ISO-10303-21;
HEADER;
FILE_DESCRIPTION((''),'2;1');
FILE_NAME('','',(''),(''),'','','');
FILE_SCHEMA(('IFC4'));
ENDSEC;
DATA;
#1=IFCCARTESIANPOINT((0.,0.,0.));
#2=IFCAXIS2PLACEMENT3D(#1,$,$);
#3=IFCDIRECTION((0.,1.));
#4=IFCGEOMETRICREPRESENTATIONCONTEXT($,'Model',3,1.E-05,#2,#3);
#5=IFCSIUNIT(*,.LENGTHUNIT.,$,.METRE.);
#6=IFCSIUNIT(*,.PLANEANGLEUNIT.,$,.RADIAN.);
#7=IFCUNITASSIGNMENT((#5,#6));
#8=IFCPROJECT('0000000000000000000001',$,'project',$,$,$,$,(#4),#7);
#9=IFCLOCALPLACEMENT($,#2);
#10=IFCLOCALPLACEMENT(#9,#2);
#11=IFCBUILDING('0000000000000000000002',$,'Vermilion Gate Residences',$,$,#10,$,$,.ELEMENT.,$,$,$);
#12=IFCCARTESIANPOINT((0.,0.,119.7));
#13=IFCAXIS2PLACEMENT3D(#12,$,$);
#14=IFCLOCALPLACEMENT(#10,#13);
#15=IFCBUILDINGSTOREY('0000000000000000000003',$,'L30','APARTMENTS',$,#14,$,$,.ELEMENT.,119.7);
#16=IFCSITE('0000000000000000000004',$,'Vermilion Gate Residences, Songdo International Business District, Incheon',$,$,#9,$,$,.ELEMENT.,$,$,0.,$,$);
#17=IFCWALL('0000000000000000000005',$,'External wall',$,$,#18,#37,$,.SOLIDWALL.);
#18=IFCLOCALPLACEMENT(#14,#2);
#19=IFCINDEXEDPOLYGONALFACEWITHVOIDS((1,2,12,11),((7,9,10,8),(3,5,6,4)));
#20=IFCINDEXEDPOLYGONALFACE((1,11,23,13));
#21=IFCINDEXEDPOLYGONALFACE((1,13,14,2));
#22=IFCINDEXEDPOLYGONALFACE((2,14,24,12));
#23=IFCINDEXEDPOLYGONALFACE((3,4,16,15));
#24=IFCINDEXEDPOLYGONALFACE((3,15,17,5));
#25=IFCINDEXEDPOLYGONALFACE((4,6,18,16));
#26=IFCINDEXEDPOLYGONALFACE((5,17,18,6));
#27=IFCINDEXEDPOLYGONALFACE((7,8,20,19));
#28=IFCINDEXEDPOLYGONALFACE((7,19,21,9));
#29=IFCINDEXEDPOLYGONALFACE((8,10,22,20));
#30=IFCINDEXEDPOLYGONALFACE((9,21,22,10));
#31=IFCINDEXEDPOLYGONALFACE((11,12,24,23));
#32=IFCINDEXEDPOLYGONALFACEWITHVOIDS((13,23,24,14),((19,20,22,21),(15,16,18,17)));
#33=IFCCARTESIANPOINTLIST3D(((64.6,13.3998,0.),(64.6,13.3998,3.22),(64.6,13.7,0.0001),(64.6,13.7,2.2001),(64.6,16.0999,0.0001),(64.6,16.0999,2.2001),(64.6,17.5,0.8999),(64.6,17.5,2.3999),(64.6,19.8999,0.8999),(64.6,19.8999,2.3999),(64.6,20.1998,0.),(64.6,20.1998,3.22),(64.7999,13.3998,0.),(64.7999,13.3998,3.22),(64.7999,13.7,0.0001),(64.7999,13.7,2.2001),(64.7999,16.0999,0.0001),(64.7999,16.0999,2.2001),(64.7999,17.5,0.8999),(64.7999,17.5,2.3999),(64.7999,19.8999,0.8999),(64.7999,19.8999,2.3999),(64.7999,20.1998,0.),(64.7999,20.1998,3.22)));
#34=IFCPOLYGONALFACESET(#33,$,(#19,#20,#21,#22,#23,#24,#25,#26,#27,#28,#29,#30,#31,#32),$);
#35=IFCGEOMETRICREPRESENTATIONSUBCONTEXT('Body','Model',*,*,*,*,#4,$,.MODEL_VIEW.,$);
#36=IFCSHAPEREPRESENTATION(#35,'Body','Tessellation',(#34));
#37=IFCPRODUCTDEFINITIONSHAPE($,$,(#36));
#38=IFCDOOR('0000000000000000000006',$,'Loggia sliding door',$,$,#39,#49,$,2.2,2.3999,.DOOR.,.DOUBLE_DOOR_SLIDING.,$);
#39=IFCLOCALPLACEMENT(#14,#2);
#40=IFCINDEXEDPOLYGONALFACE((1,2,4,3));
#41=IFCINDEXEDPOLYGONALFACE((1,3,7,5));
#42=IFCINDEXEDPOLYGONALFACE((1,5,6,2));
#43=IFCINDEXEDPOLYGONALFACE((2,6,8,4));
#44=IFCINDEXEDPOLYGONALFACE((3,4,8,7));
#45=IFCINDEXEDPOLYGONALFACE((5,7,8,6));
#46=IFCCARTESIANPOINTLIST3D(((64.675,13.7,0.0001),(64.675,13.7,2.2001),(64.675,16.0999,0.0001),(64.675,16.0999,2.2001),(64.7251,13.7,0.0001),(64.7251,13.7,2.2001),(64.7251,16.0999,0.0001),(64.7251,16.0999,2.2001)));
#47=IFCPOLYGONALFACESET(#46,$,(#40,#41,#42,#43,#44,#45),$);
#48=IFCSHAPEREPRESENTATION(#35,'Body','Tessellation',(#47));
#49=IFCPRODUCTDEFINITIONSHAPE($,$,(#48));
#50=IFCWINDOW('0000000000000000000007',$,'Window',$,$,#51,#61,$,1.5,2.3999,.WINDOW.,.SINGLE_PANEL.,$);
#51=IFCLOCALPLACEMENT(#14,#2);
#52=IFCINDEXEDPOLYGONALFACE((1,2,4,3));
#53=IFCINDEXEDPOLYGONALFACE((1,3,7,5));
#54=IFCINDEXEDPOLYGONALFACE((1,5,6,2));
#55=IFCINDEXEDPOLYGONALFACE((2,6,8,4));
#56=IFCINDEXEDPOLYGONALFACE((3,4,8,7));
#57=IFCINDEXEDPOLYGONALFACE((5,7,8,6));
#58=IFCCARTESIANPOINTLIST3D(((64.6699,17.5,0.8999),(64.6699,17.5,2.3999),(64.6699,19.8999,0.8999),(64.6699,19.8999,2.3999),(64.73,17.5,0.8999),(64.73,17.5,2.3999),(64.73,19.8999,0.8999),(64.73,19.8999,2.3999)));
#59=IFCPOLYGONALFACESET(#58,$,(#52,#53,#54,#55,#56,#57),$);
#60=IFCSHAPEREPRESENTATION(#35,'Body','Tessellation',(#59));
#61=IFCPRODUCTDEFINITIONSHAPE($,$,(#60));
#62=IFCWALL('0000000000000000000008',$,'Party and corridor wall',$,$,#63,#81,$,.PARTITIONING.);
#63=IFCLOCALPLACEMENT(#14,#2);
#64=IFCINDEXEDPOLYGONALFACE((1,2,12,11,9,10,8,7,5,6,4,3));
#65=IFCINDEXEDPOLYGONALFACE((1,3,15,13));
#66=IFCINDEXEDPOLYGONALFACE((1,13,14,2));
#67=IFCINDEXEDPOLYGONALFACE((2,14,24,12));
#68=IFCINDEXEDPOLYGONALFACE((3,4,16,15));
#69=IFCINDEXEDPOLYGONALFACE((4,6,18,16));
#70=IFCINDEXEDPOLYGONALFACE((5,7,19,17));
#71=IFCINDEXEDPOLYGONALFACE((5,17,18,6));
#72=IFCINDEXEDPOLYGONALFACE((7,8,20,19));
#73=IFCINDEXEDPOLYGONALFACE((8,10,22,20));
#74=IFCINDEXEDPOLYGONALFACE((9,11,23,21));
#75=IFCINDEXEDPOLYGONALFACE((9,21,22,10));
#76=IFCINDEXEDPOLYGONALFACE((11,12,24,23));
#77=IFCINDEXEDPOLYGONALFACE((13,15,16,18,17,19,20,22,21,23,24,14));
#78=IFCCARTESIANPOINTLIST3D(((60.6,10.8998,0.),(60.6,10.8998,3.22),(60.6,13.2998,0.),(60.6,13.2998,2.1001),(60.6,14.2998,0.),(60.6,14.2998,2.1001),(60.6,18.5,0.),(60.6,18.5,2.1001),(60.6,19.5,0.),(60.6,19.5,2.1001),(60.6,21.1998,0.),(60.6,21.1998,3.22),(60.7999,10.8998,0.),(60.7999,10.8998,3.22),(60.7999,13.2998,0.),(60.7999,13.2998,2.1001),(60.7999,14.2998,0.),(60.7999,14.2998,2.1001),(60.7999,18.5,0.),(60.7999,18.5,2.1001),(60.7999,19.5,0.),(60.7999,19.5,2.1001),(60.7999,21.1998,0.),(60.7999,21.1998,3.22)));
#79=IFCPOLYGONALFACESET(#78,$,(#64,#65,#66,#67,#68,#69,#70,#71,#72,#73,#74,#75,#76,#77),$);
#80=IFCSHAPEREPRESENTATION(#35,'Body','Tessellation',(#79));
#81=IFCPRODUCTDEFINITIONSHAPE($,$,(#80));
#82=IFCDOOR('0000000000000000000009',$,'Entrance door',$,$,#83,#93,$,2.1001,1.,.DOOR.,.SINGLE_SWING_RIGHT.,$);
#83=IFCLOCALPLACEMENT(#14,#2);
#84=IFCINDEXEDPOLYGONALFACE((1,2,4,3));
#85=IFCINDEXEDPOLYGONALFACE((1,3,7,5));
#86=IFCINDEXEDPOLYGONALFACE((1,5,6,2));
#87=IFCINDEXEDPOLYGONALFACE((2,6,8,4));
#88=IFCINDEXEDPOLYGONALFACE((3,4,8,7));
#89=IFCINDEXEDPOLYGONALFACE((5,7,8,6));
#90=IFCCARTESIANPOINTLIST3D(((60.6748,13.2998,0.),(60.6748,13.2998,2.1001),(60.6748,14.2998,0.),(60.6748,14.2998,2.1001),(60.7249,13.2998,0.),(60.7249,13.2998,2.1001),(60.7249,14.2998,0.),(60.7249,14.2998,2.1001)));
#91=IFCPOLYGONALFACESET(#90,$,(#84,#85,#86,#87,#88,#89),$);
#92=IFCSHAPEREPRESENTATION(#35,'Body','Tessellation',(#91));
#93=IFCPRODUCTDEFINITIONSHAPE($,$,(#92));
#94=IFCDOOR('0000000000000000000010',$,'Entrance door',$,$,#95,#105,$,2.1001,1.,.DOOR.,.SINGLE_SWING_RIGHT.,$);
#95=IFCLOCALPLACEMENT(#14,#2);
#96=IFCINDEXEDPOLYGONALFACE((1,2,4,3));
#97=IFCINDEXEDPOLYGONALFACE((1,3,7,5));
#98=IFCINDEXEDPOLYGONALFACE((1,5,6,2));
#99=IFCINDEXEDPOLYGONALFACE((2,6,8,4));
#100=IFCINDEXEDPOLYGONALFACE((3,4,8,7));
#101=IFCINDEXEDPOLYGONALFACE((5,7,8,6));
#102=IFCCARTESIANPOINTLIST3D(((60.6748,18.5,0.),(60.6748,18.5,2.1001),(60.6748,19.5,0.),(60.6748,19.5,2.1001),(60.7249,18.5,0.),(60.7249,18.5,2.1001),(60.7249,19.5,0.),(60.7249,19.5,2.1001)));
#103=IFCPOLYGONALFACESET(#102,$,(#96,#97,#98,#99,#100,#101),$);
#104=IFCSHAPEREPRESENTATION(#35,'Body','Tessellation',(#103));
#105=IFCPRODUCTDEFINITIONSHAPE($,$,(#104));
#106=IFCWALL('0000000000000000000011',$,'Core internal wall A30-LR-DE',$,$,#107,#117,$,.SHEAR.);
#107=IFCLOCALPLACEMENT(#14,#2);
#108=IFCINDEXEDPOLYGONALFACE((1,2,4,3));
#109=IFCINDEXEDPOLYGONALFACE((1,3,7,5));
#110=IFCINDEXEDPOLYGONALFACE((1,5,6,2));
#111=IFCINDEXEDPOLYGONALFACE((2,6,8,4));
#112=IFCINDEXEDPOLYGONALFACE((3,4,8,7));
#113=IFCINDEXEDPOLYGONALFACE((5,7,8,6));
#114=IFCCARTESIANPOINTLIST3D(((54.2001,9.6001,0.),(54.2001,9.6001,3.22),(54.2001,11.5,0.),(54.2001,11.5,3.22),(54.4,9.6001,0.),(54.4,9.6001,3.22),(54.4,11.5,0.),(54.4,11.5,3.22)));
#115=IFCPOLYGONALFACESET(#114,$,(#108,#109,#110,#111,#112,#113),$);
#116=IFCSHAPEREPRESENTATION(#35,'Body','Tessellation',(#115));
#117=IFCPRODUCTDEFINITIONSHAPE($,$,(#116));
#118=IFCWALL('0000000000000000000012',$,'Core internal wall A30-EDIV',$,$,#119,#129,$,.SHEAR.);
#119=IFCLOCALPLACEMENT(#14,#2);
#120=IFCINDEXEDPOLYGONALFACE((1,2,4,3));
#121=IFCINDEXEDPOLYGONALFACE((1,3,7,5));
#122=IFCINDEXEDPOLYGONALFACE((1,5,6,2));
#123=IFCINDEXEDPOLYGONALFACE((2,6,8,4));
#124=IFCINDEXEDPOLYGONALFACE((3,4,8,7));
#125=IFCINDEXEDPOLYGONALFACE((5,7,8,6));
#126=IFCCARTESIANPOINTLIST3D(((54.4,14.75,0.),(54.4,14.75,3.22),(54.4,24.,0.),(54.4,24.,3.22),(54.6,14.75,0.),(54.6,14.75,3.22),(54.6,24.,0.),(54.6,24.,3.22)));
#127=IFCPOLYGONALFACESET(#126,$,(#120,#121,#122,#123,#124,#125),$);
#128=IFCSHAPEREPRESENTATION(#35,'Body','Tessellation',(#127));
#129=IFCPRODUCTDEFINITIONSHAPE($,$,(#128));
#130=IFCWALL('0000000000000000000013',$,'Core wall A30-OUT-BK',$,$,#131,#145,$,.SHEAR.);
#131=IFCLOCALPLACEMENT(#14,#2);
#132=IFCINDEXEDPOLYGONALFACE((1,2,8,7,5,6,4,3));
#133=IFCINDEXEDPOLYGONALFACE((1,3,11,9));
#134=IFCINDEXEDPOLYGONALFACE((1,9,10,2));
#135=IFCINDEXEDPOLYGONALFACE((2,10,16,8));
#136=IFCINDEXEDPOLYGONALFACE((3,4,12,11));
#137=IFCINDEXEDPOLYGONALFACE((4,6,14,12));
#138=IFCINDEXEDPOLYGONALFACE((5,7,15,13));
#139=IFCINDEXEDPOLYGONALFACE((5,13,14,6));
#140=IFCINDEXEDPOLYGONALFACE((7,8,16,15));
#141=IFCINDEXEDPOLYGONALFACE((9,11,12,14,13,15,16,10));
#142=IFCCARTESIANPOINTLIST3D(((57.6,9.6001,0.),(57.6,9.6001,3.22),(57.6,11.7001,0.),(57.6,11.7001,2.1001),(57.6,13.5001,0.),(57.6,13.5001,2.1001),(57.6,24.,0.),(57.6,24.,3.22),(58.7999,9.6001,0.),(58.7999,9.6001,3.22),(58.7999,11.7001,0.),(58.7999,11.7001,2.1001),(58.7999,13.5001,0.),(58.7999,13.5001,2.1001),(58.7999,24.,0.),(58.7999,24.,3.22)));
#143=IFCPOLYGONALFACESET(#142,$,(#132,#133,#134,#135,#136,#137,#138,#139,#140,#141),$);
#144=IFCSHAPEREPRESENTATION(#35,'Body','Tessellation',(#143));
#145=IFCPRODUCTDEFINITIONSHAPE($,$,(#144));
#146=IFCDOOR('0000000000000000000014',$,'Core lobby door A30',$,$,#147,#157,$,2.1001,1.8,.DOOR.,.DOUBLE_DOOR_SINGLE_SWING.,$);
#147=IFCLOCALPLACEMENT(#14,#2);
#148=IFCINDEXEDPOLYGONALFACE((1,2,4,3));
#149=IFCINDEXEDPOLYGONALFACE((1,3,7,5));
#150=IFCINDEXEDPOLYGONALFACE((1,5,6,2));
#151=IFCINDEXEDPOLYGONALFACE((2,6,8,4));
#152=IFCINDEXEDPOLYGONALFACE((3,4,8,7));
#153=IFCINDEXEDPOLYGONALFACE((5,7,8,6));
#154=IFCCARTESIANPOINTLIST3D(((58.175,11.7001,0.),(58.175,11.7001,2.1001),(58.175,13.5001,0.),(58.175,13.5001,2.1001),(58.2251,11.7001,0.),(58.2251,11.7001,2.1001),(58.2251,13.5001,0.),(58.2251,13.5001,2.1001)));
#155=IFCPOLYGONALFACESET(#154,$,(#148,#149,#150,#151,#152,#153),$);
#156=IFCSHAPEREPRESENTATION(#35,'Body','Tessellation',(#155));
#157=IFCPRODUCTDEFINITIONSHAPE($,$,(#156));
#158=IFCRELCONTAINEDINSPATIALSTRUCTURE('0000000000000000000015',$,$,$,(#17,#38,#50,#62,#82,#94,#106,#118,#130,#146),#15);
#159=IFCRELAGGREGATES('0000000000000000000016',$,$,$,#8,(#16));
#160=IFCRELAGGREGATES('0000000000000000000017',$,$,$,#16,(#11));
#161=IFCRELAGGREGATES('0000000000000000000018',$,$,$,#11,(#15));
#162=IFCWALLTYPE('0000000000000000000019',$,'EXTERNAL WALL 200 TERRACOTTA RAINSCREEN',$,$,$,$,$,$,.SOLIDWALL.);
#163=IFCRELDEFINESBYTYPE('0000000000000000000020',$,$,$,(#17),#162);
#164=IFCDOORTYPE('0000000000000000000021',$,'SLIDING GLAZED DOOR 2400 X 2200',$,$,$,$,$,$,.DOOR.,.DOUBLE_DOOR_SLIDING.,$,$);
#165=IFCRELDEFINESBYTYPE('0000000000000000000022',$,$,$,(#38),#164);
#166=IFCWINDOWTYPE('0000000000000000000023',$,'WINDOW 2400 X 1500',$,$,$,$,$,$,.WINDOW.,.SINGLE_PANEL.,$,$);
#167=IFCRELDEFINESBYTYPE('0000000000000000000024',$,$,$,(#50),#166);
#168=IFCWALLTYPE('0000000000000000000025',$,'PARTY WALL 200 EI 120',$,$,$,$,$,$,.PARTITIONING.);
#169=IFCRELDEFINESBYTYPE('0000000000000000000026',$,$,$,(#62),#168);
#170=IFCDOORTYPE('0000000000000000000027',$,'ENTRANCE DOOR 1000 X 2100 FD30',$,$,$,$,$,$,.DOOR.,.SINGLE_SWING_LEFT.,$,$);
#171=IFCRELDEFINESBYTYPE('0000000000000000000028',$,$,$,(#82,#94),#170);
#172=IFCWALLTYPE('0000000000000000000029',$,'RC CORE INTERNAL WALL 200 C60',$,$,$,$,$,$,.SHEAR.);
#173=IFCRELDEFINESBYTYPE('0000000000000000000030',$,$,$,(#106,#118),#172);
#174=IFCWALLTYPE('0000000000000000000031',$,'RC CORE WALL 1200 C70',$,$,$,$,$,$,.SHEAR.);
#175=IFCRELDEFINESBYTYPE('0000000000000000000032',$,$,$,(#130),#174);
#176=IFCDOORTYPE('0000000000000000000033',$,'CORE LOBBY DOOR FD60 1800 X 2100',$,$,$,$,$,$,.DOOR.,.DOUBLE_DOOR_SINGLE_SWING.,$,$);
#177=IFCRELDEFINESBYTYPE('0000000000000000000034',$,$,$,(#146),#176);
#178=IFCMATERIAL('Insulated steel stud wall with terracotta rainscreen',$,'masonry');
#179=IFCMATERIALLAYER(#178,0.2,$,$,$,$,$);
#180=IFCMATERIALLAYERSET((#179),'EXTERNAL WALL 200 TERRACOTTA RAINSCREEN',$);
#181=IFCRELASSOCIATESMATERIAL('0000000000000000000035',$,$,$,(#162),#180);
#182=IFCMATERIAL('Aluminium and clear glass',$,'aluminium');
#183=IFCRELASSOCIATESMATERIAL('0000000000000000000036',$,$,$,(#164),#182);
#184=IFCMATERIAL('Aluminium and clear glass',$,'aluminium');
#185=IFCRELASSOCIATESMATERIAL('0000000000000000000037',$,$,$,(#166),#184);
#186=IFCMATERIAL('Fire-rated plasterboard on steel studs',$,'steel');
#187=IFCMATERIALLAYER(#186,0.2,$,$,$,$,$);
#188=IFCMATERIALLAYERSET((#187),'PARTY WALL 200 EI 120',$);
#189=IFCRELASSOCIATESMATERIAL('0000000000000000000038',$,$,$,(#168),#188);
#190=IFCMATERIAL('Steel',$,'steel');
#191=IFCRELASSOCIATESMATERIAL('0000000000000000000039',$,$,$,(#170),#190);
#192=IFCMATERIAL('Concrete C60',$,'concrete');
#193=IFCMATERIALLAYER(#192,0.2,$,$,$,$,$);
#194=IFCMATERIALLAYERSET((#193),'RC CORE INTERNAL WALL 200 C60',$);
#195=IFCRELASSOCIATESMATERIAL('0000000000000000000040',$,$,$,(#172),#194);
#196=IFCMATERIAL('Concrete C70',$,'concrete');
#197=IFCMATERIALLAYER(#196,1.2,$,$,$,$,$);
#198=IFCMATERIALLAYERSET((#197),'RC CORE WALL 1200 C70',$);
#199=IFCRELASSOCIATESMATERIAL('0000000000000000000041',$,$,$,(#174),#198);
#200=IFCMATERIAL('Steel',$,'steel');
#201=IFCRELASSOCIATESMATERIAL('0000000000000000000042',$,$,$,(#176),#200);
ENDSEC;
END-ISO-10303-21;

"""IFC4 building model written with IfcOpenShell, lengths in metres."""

from ifc_helpers import new_model, si_unit, direction, frame, frame_2d, origin, place, context, subcontext, project, spatial, rectangle, extrude, material, layer, layer_set, type_object, element, fill, save


model = new_model("IFC4")

# Units and contexts
model_context = context("Model", 3, precision=1e-05, world=origin(), true_north=direction((0.0, 1.0)))
body_context = subcontext(model_context, "Body", "Model", "MODEL_VIEW")
ifc_project = project(units=[si_unit("LENGTHUNIT", "METRE"), si_unit("PLANEANGLEUNIT", "RADIAN")], contexts=[model_context])

# Site, building, storey
site_placement = place(None, origin())
site = spatial("IfcSite", under=ifc_project, at=site_placement, Name="Vermilion Gate Residences, Songdo International Business District, Incheon", CompositionType="ELEMENT", RefElevation=0.0)
building_placement = place(site_placement, origin())
building = spatial("IfcBuilding", under=site, at=building_placement, Name="Vermilion Gate Residences", CompositionType="ELEMENT")
storey_placement = place(building_placement, frame((0.0, 0.0, 119.7)))
storey = spatial("IfcBuildingStorey", under=building, at=storey_placement, Name="L30", Description="APARTMENTS", CompositionType="ELEMENT", Elevation=119.7)

# Shared definitions
ifc_material_1 = material(Name="Insulated steel stud wall with terracotta rainscreen", Category="masonry")
ifc_layer_1 = layer(ifc_material_1, 0.2)
ifc_layer_set_1 = layer_set([ifc_layer_1], Name="EXTERNAL WALL 200 TERRACOTTA RAINSCREEN")
wall_type_1 = type_object("IfcWallType", Name="EXTERNAL WALL 200 TERRACOTTA RAINSCREEN", PredefinedType="SOLIDWALL", material=ifc_layer_set_1)

# Wall, openings, door, window
wall_1_placement = place(storey_placement, frame((64.7, 13.3999, 0.0), z_axis=(0.0, 0.0, 1.0), x_axis=(0.0, 1.0, 0.0)))
wall_1 = element("IfcWall", 1, at=wall_1_placement, inside=storey, type_object=wall_type_1, Name="External wall", PredefinedType="SOLIDWALL", context=body_context, shape_type="SweptSolid", body=[
    extrude(rectangle(XDim=6.8, YDim=0.2, at=frame_2d((3.3999, 0.0))), origin(), (0.0, 0.0, 1.0), 3.22),
])
opening_1_placement = place(wall_1_placement, frame((4.1001, 0.0, 0.8999)))
opening_1 = element("IfcOpeningElement", 2, at=opening_1_placement, cuts=wall_1, PredefinedType="OPENING", context=body_context, shape_type="SweptSolid", body=[
    extrude(rectangle(XDim=2.3999, YDim=1.5, at=frame_2d((1.2, 0.75))), frame((0.0, 0.1099, 0.0), z_axis=(0.0, -1.0, 0.0), x_axis=(1.0, 0.0, 0.0)), (0.0, 0.0, 1.0), 0.22),
])
opening_2_placement = place(wall_1_placement, frame((0.3, 0.0, 0.0)))
opening_2 = element("IfcOpeningElement", 3, at=opening_2_placement, cuts=wall_1, PredefinedType="OPENING", context=body_context, shape_type="SweptSolid", body=[
    extrude(rectangle(XDim=2.3999, YDim=2.2, at=frame_2d((1.2, 1.1001))), frame((0.0, 0.1099, 0.0), z_axis=(0.0, -1.0, 0.0), x_axis=(1.0, 0.0, 0.0)), (0.0, 0.0, 1.0), 0.22),
])
ifc_material_2 = material(Name="Aluminium and clear glass", Category="aluminium")
door_type_1 = type_object("IfcDoorType", Name="SLIDING GLAZED DOOR 2400 X 2200", OperationType="DOUBLE_DOOR_SLIDING", PredefinedType="DOOR", material=ifc_material_2)
door_1_placement = place(opening_2_placement, origin())
door_1 = element("IfcDoor", 4, at=door_1_placement, inside=storey, type_object=door_type_1, Name="Loggia sliding door", OperationType="DOUBLE_DOOR_SLIDING", OverallHeight=2.2, OverallWidth=2.3999, PredefinedType="DOOR", context=body_context, shape_type="SweptSolid", body=[
    extrude(rectangle(XDim=2.3999, YDim=2.2, at=frame_2d((1.2, 1.1001))), frame((0.0, 0.0249, 0.0), z_axis=(0.0, -1.0, 0.0), x_axis=(1.0, 0.0, 0.0)), (0.0, 0.0, 1.0), 0.05),
])
fill(opening_2, door_1)
ifc_material_3 = material(Name="Aluminium and clear glass", Category="aluminium")
window_type_1 = type_object("IfcWindowType", Name="WINDOW 2400 X 1500", PartitioningType="SINGLE_PANEL", PredefinedType="WINDOW", material=ifc_material_3)
window_1_placement = place(opening_1_placement, origin())
window_1 = element("IfcWindow", 5, at=window_1_placement, inside=storey, type_object=window_type_1, Name="Window", OverallHeight=1.5, OverallWidth=2.3999, PartitioningType="SINGLE_PANEL", PredefinedType="WINDOW", context=body_context, shape_type="SweptSolid", body=[
    extrude(rectangle(XDim=2.3999, YDim=1.5, at=frame_2d((1.2, 0.75))), frame((0.0, 0.03, 0.0), z_axis=(0.0, -1.0, 0.0), x_axis=(1.0, 0.0, 0.0)), (0.0, 0.0, 1.0), 0.0601),
])
fill(opening_1, window_1)

# Wall, openings, doors
ifc_material_4 = material(Name="Fire-rated plasterboard on steel studs", Category="steel")
ifc_layer_2 = layer(ifc_material_4, 0.2)
ifc_layer_set_2 = layer_set([ifc_layer_2], Name="PARTY WALL 200 EI 120")
wall_type_2 = type_object("IfcWallType", Name="PARTY WALL 200 EI 120", PredefinedType="PARTITIONING", material=ifc_layer_set_2)
wall_2_placement = place(storey_placement, frame((60.7, 10.8999, 0.0), z_axis=(0.0, 0.0, 1.0), x_axis=(0.0, 1.0, 0.0)))
wall_2 = element("IfcWall", 6, at=wall_2_placement, inside=storey, type_object=wall_type_2, Name="Party and corridor wall", PredefinedType="PARTITIONING", context=body_context, shape_type="SweptSolid", body=[
    extrude(rectangle(XDim=10.3, YDim=0.2, at=frame_2d((5.1499, 0.0))), origin(), (0.0, 0.0, 1.0), 3.22),
])
opening_3_placement = place(wall_2_placement, frame((2.3999, 0.0, 0.0)))
opening_3 = element("IfcOpeningElement", 7, at=opening_3_placement, cuts=wall_2, PredefinedType="OPENING", context=body_context, shape_type="SweptSolid", body=[
    extrude(rectangle(XDim=1.0, YDim=2.1001, at=frame_2d((0.5, 1.05))), frame((0.0, 0.1099, 0.0), z_axis=(0.0, -1.0, 0.0), x_axis=(1.0, 0.0, 0.0)), (0.0, 0.0, 1.0), 0.22),
])
opening_4_placement = place(wall_2_placement, frame((7.6001, 0.0, 0.0)))
opening_4 = element("IfcOpeningElement", 8, at=opening_4_placement, cuts=wall_2, PredefinedType="OPENING", context=body_context, shape_type="SweptSolid", body=[
    extrude(rectangle(XDim=1.0, YDim=2.1001, at=frame_2d((0.5, 1.05))), frame((0.0, 0.1099, 0.0), z_axis=(0.0, -1.0, 0.0), x_axis=(1.0, 0.0, 0.0)), (0.0, 0.0, 1.0), 0.22),
])
ifc_material_5 = material(Name="Steel", Category="steel")
door_type_2 = type_object("IfcDoorType", Name="ENTRANCE DOOR 1000 X 2100 FD30", OperationType="SINGLE_SWING_LEFT", PredefinedType="DOOR", material=ifc_material_5)
door_2_placement = place(opening_3_placement, frame((1.0, 0.0, 0.0), z_axis=(0.0, 0.0, 1.0), x_axis=(-1.0, 0.0, 0.0)))
door_2 = element("IfcDoor", 9, at=door_2_placement, inside=storey, type_object=door_type_2, Name="Entrance door", OperationType="SINGLE_SWING_RIGHT", OverallHeight=2.1001, OverallWidth=1.0, PredefinedType="DOOR", context=body_context, shape_type="SweptSolid", body=[
    extrude(rectangle(XDim=1.0, YDim=2.1001, at=frame_2d((0.5, 1.05))), frame((0.0, 0.0249, 0.0), z_axis=(0.0, -1.0, 0.0), x_axis=(1.0, 0.0, 0.0)), (0.0, 0.0, 1.0), 0.05),
])
fill(opening_3, door_2)
door_3_placement = place(opening_4_placement, frame((1.0, 0.0, 0.0), z_axis=(0.0, 0.0, 1.0), x_axis=(-1.0, 0.0, 0.0)))
door_3 = element("IfcDoor", 10, at=door_3_placement, inside=storey, type_object=door_type_2, Name="Entrance door", OperationType="SINGLE_SWING_RIGHT", OverallHeight=2.1001, OverallWidth=1.0, PredefinedType="DOOR", context=body_context, shape_type="SweptSolid", body=[
    extrude(rectangle(XDim=1.0, YDim=2.1001, at=frame_2d((0.5, 1.05))), frame((0.0, 0.0249, 0.0), z_axis=(0.0, -1.0, 0.0), x_axis=(1.0, 0.0, 0.0)), (0.0, 0.0, 1.0), 0.05),
])
fill(opening_4, door_3)

# Walls
ifc_material_6 = material(Name="Concrete C60", Category="concrete")
ifc_layer_3 = layer(ifc_material_6, 0.2)
ifc_layer_set_3 = layer_set([ifc_layer_3], Name="RC CORE INTERNAL WALL 200 C60")
wall_type_3 = type_object("IfcWallType", Name="RC CORE INTERNAL WALL 200 C60", PredefinedType="SHEAR", material=ifc_layer_set_3)
wall_3_placement = place(storey_placement, frame((54.3, 9.6001, 0.0), z_axis=(0.0, 0.0, 1.0), x_axis=(0.0, 1.0, 0.0)))
element("IfcWall", 11, at=wall_3_placement, inside=storey, type_object=wall_type_3, Name="Core internal wall A30-LR-DE", PredefinedType="SHEAR", context=body_context, shape_type="SweptSolid", body=[
    extrude(rectangle(XDim=1.8999, YDim=0.2, at=frame_2d((0.95, 0.0))), origin(), (0.0, 0.0, 1.0), 3.22),
])
wall_4_placement = place(storey_placement, frame((54.5, 14.75, 0.0), z_axis=(0.0, 0.0, 1.0), x_axis=(0.0, 1.0, 0.0)))
element("IfcWall", 12, at=wall_4_placement, inside=storey, type_object=wall_type_3, Name="Core internal wall A30-EDIV", PredefinedType="SHEAR", context=body_context, shape_type="SweptSolid", body=[
    extrude(rectangle(XDim=9.25, YDim=0.2, at=frame_2d((4.625, 0.0))), origin(), (0.0, 0.0, 1.0), 3.22),
])

# Wall, opening, door
ifc_material_7 = material(Name="Concrete C70", Category="concrete")
ifc_layer_4 = layer(ifc_material_7, 1.2)
ifc_layer_set_4 = layer_set([ifc_layer_4], Name="RC CORE WALL 1200 C70")
wall_type_4 = type_object("IfcWallType", Name="RC CORE WALL 1200 C70", PredefinedType="SHEAR", material=ifc_layer_set_4)
wall_5_placement = place(storey_placement, frame((58.2, 9.6001, 0.0), z_axis=(0.0, 0.0, 1.0), x_axis=(0.0, 1.0, 0.0)))
wall_5 = element("IfcWall", 13, at=wall_5_placement, inside=storey, type_object=wall_type_4, Name="Core wall A30-OUT-BK", PredefinedType="SHEAR", context=body_context, shape_type="SweptSolid", body=[
    extrude(rectangle(XDim=14.3999, YDim=1.2, at=frame_2d((7.2, 0.0))), origin(), (0.0, 0.0, 1.0), 3.22),
])
opening_5_placement = place(wall_5_placement, frame((2.1001, 0.0, 0.0)))
opening_5 = element("IfcOpeningElement", 14, at=opening_5_placement, cuts=wall_5, PredefinedType="OPENING", context=body_context, shape_type="SweptSolid", body=[
    extrude(rectangle(XDim=1.8, YDim=2.1001, at=frame_2d((0.8999, 1.05))), frame((0.0, 0.6099, 0.0), z_axis=(0.0, -1.0, 0.0), x_axis=(1.0, 0.0, 0.0)), (0.0, 0.0, 1.0), 1.22),
])
ifc_material_8 = material(Name="Steel", Category="steel")
door_type_3 = type_object("IfcDoorType", Name="CORE LOBBY DOOR FD60 1800 X 2100", OperationType="DOUBLE_DOOR_SINGLE_SWING", PredefinedType="DOOR", material=ifc_material_8)
door_4_placement = place(opening_5_placement, origin())
door_4 = element("IfcDoor", 15, at=door_4_placement, inside=storey, type_object=door_type_3, Name="Core lobby door A30", OperationType="DOUBLE_DOOR_SINGLE_SWING", OverallHeight=2.1001, OverallWidth=1.8, PredefinedType="DOOR", context=body_context, shape_type="SweptSolid", body=[
    extrude(rectangle(XDim=1.8, YDim=2.1001, at=frame_2d((0.8999, 1.05))), frame((0.0, 0.0249, 0.0), z_axis=(0.0, -1.0, 0.0), x_axis=(1.0, 0.0, 0.0)), (0.0, 0.0, 1.0), 0.05),
])
fill(opening_5, door_4)

save(model, "model.ifc")
